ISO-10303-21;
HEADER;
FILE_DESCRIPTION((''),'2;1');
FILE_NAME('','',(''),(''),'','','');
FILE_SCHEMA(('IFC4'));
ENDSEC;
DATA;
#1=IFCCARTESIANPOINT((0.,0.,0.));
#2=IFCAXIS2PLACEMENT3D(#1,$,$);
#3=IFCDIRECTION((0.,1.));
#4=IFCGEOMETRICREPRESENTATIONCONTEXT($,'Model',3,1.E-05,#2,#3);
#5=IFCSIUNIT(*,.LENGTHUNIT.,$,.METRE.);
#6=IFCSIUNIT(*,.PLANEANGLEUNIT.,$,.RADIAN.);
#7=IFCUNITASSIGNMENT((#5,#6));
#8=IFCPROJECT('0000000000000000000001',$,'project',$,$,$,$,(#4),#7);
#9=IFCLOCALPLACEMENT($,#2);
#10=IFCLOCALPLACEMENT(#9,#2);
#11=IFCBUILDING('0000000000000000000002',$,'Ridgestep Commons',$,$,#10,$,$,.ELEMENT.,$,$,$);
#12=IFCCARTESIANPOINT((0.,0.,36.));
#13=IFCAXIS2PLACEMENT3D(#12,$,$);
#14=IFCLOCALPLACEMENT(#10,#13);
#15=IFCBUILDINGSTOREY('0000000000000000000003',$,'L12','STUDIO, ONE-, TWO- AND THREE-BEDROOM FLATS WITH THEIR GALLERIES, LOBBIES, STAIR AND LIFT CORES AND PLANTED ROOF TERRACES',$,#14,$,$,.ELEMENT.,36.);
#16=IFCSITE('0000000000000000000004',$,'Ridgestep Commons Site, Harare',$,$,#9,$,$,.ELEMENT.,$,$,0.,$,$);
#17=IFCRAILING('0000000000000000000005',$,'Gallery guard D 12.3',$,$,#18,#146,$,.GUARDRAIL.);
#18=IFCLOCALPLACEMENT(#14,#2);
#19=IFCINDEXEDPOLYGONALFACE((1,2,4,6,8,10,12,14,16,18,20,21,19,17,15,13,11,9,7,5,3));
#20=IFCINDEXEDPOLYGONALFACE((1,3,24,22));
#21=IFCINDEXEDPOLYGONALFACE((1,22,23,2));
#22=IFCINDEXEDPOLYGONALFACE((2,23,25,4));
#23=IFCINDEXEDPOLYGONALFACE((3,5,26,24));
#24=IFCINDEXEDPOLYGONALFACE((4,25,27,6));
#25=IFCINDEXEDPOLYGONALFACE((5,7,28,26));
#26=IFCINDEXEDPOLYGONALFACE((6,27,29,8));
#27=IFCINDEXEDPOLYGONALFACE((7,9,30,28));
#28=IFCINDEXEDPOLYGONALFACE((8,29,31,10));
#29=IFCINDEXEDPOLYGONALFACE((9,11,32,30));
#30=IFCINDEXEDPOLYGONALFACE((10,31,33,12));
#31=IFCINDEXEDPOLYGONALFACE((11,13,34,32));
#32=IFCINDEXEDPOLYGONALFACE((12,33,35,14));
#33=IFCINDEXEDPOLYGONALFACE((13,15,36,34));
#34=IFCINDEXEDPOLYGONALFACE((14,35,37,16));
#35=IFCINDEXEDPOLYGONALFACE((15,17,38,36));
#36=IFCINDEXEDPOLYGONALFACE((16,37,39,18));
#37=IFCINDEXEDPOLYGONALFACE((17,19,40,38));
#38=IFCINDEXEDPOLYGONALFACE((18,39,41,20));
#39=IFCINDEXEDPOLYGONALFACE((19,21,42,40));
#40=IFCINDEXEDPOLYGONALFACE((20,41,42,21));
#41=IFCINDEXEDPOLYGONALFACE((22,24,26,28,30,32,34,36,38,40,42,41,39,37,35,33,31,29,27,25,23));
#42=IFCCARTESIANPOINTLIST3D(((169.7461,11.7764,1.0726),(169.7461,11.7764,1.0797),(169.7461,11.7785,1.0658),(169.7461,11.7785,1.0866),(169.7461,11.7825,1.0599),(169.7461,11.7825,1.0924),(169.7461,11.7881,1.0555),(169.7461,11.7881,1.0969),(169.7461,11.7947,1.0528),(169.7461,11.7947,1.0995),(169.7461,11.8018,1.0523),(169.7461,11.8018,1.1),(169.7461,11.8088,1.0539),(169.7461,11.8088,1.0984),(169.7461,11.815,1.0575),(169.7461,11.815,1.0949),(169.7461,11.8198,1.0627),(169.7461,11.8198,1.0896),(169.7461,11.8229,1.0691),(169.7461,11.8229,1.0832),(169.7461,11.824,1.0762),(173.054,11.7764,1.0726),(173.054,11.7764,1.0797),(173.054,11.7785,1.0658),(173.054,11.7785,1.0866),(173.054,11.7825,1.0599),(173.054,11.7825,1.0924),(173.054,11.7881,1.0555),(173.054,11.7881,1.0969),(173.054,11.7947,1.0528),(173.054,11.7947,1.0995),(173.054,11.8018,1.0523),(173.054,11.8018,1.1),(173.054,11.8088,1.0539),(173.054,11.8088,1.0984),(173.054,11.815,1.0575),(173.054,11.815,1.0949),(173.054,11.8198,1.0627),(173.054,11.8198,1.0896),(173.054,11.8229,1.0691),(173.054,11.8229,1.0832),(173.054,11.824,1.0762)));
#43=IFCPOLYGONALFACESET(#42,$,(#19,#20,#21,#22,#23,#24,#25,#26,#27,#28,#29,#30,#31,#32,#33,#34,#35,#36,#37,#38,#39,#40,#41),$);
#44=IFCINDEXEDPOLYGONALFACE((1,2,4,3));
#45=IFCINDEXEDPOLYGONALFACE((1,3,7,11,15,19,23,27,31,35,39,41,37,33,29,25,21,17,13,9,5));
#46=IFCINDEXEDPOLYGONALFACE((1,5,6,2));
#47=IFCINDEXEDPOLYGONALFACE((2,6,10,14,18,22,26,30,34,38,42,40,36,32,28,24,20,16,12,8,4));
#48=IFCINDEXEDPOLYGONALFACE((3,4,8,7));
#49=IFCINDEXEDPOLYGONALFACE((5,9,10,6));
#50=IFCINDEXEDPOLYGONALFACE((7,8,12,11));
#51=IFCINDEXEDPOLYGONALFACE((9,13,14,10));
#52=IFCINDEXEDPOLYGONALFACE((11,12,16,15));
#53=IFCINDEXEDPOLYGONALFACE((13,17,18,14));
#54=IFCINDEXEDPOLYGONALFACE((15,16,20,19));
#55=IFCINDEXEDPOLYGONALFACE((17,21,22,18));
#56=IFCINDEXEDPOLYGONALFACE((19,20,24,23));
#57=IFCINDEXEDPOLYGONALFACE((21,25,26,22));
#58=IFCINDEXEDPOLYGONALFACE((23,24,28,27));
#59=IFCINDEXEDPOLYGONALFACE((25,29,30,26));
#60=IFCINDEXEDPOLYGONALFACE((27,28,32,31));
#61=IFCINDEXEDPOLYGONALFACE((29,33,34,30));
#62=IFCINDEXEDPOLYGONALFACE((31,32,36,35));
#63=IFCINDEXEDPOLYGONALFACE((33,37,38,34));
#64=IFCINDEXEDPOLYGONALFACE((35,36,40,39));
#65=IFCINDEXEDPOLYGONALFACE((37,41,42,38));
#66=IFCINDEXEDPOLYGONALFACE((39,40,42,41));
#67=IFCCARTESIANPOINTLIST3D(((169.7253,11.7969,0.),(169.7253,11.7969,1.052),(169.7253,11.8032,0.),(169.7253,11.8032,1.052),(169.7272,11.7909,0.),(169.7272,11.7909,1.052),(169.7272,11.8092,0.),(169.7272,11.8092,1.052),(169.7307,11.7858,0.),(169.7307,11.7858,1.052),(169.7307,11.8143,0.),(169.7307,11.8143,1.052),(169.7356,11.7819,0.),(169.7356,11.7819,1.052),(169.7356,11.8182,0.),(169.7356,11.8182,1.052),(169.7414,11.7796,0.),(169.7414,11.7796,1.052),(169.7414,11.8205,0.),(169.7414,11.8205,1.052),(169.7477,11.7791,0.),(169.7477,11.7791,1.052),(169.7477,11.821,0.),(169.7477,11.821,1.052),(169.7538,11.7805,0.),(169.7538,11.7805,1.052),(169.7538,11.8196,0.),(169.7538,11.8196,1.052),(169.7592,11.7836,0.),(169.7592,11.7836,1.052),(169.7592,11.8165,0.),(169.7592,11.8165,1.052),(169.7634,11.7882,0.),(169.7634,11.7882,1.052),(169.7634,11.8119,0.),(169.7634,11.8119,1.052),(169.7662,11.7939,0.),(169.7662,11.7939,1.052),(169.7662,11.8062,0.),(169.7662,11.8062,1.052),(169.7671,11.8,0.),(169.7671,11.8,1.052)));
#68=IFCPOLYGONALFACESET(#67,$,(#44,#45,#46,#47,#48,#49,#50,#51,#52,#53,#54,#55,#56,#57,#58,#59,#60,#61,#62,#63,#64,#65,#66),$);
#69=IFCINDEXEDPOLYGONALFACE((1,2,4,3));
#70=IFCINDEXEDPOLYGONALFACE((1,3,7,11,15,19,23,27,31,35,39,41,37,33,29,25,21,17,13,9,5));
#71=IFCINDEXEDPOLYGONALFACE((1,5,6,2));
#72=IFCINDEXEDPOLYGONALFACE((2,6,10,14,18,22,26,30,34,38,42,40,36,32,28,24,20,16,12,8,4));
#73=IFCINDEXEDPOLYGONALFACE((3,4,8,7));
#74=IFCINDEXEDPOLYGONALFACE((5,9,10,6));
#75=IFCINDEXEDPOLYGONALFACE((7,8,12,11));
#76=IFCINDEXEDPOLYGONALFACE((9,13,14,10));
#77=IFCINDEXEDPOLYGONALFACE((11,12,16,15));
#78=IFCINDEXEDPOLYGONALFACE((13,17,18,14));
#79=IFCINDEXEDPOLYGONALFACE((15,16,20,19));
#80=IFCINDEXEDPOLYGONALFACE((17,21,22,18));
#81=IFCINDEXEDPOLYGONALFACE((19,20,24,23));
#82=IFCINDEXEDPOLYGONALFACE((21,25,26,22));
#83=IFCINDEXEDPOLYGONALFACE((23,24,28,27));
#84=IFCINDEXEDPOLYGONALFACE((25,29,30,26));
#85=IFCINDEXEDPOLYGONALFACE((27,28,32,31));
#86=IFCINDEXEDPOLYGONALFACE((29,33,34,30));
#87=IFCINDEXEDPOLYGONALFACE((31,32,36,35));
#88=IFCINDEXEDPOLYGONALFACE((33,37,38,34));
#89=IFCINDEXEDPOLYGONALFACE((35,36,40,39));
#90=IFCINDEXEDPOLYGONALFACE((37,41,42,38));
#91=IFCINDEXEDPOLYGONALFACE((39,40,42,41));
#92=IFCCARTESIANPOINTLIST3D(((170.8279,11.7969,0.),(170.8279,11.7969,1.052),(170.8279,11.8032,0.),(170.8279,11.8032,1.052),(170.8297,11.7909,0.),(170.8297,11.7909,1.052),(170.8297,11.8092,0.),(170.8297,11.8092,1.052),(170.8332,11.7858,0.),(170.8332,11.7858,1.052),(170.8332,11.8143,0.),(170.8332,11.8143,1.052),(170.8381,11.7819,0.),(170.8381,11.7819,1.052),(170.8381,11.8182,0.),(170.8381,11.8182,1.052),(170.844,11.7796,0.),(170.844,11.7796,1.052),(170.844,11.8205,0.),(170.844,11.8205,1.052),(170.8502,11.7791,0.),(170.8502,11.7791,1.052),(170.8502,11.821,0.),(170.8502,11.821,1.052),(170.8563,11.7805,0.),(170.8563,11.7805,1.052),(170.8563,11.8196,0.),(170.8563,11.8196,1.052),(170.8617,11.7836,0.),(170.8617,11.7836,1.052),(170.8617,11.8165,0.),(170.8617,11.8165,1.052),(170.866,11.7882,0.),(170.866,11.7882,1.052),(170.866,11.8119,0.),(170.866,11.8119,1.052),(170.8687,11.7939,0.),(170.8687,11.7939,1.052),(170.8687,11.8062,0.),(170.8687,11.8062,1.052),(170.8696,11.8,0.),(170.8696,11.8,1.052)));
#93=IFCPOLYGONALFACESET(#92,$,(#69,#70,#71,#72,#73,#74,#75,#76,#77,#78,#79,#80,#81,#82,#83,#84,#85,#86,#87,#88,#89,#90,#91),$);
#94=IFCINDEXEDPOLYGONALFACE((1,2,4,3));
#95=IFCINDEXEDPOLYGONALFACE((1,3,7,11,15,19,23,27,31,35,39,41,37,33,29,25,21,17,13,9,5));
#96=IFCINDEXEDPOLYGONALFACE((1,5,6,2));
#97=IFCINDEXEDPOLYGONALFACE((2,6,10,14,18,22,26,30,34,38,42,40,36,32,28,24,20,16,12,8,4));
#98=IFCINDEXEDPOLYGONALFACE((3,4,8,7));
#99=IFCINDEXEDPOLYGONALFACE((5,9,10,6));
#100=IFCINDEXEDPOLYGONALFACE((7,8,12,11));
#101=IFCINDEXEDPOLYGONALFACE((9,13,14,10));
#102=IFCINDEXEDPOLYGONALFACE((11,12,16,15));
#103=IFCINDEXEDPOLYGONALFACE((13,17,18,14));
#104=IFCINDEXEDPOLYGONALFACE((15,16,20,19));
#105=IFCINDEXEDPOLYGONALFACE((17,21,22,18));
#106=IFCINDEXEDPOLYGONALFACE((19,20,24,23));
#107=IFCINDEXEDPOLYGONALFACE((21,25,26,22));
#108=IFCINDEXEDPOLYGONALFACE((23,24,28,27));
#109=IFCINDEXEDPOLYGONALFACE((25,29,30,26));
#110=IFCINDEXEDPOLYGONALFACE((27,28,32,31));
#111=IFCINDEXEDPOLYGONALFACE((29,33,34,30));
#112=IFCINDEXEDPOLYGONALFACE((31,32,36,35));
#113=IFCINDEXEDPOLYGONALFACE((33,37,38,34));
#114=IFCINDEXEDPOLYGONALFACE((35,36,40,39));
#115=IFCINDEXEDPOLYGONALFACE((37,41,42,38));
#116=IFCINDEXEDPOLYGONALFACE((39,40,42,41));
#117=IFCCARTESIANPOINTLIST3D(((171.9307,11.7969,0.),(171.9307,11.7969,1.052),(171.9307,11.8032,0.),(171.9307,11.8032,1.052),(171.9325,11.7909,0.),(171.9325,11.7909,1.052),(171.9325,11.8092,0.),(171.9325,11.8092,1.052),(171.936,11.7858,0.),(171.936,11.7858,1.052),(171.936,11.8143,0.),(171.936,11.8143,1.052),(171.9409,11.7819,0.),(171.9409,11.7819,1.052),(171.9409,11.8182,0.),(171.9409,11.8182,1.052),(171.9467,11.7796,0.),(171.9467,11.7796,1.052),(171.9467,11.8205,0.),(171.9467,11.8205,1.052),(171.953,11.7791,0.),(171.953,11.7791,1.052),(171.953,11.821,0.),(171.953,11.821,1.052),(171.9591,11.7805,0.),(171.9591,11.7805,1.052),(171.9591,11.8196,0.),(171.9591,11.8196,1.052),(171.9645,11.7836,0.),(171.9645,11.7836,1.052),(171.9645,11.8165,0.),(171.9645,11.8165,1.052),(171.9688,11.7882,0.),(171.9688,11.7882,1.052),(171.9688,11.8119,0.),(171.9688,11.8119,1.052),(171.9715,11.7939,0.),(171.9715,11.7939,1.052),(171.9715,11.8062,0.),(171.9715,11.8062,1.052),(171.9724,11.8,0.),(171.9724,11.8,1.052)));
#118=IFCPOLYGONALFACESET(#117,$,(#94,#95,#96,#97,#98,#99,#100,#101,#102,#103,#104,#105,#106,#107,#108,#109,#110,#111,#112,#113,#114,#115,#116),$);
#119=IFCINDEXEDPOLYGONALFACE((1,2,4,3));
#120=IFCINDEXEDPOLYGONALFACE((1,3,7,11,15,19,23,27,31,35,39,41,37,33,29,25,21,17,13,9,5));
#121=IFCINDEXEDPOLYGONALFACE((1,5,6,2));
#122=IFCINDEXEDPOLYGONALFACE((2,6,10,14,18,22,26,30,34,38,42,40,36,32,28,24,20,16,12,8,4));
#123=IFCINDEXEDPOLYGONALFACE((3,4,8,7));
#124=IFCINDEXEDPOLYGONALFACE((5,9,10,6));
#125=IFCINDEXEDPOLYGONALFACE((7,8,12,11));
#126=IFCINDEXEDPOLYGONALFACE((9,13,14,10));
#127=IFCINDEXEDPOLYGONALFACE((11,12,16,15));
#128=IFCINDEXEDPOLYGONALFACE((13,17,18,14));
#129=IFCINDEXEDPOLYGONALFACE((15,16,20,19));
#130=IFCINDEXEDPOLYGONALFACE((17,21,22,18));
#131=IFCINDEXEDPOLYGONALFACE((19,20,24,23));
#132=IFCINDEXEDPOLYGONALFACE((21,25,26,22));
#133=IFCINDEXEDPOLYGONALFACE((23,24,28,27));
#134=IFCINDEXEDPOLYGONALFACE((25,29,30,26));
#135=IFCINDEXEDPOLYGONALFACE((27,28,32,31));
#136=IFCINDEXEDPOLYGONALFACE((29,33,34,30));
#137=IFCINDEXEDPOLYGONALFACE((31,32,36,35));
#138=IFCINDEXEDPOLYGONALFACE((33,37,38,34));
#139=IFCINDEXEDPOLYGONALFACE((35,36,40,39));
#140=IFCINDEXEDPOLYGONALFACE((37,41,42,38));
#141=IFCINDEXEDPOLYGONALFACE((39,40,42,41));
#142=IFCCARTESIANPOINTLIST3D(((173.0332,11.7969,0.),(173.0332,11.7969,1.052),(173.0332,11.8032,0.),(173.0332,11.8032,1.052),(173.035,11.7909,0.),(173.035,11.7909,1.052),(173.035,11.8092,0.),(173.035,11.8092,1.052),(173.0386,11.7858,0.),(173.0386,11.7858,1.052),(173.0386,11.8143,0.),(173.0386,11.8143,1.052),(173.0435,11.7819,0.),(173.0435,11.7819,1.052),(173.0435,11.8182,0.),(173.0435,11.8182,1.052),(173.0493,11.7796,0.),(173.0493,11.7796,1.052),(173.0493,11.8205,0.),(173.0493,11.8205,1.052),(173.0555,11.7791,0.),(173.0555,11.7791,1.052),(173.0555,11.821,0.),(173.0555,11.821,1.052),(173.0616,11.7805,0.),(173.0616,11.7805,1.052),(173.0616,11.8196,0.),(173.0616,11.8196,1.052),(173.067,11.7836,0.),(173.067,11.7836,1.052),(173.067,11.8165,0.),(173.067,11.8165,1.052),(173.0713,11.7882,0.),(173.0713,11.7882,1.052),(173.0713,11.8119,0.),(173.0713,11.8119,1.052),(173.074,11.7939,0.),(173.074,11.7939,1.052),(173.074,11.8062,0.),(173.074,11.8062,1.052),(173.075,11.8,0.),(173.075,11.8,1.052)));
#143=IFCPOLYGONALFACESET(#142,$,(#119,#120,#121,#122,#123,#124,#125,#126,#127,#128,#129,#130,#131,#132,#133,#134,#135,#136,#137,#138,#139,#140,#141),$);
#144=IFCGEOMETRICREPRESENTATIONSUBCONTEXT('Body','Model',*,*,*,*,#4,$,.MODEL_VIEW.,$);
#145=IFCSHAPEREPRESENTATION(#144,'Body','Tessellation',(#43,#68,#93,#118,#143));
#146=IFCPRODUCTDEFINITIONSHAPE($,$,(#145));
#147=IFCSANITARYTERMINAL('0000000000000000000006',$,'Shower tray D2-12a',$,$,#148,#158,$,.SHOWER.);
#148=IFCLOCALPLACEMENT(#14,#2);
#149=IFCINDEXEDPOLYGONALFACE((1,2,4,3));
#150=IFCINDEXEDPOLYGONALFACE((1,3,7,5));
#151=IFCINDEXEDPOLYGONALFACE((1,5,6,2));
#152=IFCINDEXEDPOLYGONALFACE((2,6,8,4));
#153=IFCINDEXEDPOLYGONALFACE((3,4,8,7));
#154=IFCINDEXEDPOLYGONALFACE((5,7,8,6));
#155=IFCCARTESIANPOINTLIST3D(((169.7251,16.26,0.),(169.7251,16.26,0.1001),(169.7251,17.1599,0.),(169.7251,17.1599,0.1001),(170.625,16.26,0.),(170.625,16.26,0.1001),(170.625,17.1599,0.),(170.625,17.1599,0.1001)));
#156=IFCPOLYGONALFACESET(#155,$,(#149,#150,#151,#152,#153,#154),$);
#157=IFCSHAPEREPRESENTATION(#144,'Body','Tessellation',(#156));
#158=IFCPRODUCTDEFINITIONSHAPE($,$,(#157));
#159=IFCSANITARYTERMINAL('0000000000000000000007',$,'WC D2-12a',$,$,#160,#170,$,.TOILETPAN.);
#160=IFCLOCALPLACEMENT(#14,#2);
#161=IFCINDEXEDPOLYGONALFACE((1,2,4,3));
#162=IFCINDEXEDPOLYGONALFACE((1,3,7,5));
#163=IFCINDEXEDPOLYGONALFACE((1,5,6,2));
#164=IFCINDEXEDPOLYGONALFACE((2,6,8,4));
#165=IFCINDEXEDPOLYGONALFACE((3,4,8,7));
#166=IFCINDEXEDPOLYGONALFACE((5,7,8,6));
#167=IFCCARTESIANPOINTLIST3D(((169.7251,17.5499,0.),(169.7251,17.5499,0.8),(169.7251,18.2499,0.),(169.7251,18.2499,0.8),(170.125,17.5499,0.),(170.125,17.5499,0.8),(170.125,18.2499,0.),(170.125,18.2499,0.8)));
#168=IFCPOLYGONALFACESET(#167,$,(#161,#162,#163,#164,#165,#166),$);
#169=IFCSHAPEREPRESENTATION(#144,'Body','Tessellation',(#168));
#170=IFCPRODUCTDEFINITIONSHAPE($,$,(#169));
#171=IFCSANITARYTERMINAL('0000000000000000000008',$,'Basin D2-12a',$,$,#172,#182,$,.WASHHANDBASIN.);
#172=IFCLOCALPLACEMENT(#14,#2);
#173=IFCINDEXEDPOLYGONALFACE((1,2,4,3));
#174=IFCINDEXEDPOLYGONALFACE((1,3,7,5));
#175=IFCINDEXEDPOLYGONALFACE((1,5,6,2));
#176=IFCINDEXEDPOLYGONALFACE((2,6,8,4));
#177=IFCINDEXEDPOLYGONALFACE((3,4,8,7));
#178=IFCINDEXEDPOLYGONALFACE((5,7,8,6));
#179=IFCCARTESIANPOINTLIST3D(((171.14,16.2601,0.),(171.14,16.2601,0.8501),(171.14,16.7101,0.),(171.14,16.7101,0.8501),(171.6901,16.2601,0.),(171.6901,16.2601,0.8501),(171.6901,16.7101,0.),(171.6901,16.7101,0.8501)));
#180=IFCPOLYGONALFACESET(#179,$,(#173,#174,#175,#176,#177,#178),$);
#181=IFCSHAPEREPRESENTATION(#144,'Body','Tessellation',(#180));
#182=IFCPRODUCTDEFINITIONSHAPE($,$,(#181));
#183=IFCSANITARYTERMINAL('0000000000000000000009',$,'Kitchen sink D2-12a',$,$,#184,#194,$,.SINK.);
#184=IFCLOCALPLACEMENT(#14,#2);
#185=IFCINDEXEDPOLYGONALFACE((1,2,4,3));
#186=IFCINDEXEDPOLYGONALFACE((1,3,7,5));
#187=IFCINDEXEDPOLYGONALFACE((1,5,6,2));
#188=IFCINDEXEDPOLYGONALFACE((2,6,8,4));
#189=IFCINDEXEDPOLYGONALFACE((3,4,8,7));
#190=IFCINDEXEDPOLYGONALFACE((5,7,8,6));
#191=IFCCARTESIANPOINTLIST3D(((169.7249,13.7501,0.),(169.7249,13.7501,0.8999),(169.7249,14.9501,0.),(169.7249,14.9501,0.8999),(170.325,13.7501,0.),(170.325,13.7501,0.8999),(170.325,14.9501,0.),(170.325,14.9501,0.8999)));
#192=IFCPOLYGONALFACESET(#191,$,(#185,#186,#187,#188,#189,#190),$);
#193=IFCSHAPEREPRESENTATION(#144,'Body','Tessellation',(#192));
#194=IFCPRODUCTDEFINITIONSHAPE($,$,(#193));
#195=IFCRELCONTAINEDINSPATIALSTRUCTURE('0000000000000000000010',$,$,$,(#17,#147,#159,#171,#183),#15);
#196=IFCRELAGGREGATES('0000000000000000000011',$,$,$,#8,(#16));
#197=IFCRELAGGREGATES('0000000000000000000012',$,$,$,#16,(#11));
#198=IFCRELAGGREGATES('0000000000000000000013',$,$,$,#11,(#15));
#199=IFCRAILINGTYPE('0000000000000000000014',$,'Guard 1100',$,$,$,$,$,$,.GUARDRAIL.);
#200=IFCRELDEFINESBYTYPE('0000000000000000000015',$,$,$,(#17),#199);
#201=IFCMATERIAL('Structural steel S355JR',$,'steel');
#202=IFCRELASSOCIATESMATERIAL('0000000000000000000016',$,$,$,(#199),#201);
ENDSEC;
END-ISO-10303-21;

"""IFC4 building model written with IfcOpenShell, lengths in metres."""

from ifc_helpers import new_model, si_unit, direction, frame, origin, origin_2d, place, context, subcontext, project, spatial, rectangle, circle, extrude, material, type_object, element, save


model = new_model("IFC4")

# Units and contexts
model_context = context("Model", 3, precision=1e-05, world=origin(), true_north=direction((0.0, 1.0)))
body_context = subcontext(model_context, "Body", "Model", "MODEL_VIEW")
ifc_project = project(units=[si_unit("LENGTHUNIT", "METRE"), si_unit("PLANEANGLEUNIT", "RADIAN")], contexts=[model_context])

# Site, building, storey
site_placement = place(None, origin())
site = spatial("IfcSite", under=ifc_project, at=site_placement, Name="Ridgestep Commons Site, Harare", CompositionType="ELEMENT", RefElevation=0.0)
building_placement = place(site_placement, origin())
building = spatial("IfcBuilding", under=site, at=building_placement, Name="Ridgestep Commons", CompositionType="ELEMENT")
storey_placement = place(building_placement, frame((0.0, 0.0, 36.0)))
storey = spatial("IfcBuildingStorey", under=building, at=storey_placement, Name="L12", Description="STUDIO, ONE-, TWO- AND THREE-BEDROOM FLATS WITH THEIR GALLERIES, LOBBIES, STAIR AND LIFT CORES AND PLANTED ROOF TERRACES", CompositionType="ELEMENT", Elevation=36.0)

# Railing
ifc_material_1 = material(Name="Structural steel S355JR", Category="steel")
railing_type = type_object("IfcRailingType", Name="Guard 1100", PredefinedType="GUARDRAIL", material=ifc_material_1)
railing_placement = place(storey_placement, frame((169.7461, 11.8, 0.0)))
element("IfcRailing", 1, at=railing_placement, inside=storey, type_object=railing_type, Name="Gallery guard D 12.3", PredefinedType="GUARDRAIL", context=body_context, shape_type="SweptSolid", body=[
    extrude(circle(Radius=0.0239, at=origin_2d()), frame((0.0, 0.0, 1.0762), z_axis=(1.0, 0.0, 0.0), x_axis=(0.0, 1.0, 0.0)), (0.0, 0.0, 1.0), 3.3079),
    extrude(circle(Radius=0.021, at=origin_2d()), origin(), (0.0, 0.0, 1.0), 1.052),
    extrude(circle(Radius=0.021, at=origin_2d()), frame((1.1025, 0.0, 0.0)), (0.0, 0.0, 1.0), 1.052),
    extrude(circle(Radius=0.021, at=origin_2d()), frame((2.2053, 0.0, 0.0)), (0.0, 0.0, 1.0), 1.052),
    extrude(circle(Radius=0.021, at=origin_2d()), frame((3.3079, 0.0, 0.0)), (0.0, 0.0, 1.0), 1.052),
])

# Sanitary terminals
sanitary_terminal_1_placement = place(storey_placement, frame((170.175, 16.71, 0.0), z_axis=(0.0, 0.0, 1.0), x_axis=(1.0, 0.0, 0.0)))
element("IfcSanitaryTerminal", 2, at=sanitary_terminal_1_placement, inside=storey, Name="Shower tray D2-12a", PredefinedType="SHOWER", context=body_context, shape_type="SweptSolid", body=[
    extrude(rectangle(XDim=0.8999, YDim=0.8999, at=origin_2d()), origin(), (0.0, 0.0, 1.0), 0.1001),
])
sanitary_terminal_2_placement = place(storey_placement, frame((169.925, 17.8999, 0.0), z_axis=(0.0, 0.0, 1.0), x_axis=(1.0, 0.0, 0.0)))
element("IfcSanitaryTerminal", 3, at=sanitary_terminal_2_placement, inside=storey, Name="WC D2-12a", PredefinedType="TOILETPAN", context=body_context, shape_type="SweptSolid", body=[
    extrude(rectangle(XDim=0.3999, YDim=0.7, at=origin_2d()), origin(), (0.0, 0.0, 1.0), 0.8),
])
sanitary_terminal_3_placement = place(storey_placement, frame((171.415, 16.4851, 0.0), z_axis=(0.0, 0.0, 1.0), x_axis=(1.0, 0.0, 0.0)))
element("IfcSanitaryTerminal", 4, at=sanitary_terminal_3_placement, inside=storey, Name="Basin D2-12a", PredefinedType="WASHHANDBASIN", context=body_context, shape_type="SweptSolid", body=[
    extrude(rectangle(XDim=0.55, YDim=0.45, at=origin_2d()), origin(), (0.0, 0.0, 1.0), 0.8501),
])
sanitary_terminal_4_placement = place(storey_placement, frame((170.0249, 14.3501, 0.0), z_axis=(0.0, 0.0, 1.0), x_axis=(1.0, 0.0, 0.0)))
element("IfcSanitaryTerminal", 5, at=sanitary_terminal_4_placement, inside=storey, Name="Kitchen sink D2-12a", PredefinedType="SINK", context=body_context, shape_type="SweptSolid", body=[
    extrude(rectangle(XDim=0.6001, YDim=1.2, at=origin_2d()), origin(), (0.0, 0.0, 1.0), 0.8999),
])

save(model, "model.ifc")
